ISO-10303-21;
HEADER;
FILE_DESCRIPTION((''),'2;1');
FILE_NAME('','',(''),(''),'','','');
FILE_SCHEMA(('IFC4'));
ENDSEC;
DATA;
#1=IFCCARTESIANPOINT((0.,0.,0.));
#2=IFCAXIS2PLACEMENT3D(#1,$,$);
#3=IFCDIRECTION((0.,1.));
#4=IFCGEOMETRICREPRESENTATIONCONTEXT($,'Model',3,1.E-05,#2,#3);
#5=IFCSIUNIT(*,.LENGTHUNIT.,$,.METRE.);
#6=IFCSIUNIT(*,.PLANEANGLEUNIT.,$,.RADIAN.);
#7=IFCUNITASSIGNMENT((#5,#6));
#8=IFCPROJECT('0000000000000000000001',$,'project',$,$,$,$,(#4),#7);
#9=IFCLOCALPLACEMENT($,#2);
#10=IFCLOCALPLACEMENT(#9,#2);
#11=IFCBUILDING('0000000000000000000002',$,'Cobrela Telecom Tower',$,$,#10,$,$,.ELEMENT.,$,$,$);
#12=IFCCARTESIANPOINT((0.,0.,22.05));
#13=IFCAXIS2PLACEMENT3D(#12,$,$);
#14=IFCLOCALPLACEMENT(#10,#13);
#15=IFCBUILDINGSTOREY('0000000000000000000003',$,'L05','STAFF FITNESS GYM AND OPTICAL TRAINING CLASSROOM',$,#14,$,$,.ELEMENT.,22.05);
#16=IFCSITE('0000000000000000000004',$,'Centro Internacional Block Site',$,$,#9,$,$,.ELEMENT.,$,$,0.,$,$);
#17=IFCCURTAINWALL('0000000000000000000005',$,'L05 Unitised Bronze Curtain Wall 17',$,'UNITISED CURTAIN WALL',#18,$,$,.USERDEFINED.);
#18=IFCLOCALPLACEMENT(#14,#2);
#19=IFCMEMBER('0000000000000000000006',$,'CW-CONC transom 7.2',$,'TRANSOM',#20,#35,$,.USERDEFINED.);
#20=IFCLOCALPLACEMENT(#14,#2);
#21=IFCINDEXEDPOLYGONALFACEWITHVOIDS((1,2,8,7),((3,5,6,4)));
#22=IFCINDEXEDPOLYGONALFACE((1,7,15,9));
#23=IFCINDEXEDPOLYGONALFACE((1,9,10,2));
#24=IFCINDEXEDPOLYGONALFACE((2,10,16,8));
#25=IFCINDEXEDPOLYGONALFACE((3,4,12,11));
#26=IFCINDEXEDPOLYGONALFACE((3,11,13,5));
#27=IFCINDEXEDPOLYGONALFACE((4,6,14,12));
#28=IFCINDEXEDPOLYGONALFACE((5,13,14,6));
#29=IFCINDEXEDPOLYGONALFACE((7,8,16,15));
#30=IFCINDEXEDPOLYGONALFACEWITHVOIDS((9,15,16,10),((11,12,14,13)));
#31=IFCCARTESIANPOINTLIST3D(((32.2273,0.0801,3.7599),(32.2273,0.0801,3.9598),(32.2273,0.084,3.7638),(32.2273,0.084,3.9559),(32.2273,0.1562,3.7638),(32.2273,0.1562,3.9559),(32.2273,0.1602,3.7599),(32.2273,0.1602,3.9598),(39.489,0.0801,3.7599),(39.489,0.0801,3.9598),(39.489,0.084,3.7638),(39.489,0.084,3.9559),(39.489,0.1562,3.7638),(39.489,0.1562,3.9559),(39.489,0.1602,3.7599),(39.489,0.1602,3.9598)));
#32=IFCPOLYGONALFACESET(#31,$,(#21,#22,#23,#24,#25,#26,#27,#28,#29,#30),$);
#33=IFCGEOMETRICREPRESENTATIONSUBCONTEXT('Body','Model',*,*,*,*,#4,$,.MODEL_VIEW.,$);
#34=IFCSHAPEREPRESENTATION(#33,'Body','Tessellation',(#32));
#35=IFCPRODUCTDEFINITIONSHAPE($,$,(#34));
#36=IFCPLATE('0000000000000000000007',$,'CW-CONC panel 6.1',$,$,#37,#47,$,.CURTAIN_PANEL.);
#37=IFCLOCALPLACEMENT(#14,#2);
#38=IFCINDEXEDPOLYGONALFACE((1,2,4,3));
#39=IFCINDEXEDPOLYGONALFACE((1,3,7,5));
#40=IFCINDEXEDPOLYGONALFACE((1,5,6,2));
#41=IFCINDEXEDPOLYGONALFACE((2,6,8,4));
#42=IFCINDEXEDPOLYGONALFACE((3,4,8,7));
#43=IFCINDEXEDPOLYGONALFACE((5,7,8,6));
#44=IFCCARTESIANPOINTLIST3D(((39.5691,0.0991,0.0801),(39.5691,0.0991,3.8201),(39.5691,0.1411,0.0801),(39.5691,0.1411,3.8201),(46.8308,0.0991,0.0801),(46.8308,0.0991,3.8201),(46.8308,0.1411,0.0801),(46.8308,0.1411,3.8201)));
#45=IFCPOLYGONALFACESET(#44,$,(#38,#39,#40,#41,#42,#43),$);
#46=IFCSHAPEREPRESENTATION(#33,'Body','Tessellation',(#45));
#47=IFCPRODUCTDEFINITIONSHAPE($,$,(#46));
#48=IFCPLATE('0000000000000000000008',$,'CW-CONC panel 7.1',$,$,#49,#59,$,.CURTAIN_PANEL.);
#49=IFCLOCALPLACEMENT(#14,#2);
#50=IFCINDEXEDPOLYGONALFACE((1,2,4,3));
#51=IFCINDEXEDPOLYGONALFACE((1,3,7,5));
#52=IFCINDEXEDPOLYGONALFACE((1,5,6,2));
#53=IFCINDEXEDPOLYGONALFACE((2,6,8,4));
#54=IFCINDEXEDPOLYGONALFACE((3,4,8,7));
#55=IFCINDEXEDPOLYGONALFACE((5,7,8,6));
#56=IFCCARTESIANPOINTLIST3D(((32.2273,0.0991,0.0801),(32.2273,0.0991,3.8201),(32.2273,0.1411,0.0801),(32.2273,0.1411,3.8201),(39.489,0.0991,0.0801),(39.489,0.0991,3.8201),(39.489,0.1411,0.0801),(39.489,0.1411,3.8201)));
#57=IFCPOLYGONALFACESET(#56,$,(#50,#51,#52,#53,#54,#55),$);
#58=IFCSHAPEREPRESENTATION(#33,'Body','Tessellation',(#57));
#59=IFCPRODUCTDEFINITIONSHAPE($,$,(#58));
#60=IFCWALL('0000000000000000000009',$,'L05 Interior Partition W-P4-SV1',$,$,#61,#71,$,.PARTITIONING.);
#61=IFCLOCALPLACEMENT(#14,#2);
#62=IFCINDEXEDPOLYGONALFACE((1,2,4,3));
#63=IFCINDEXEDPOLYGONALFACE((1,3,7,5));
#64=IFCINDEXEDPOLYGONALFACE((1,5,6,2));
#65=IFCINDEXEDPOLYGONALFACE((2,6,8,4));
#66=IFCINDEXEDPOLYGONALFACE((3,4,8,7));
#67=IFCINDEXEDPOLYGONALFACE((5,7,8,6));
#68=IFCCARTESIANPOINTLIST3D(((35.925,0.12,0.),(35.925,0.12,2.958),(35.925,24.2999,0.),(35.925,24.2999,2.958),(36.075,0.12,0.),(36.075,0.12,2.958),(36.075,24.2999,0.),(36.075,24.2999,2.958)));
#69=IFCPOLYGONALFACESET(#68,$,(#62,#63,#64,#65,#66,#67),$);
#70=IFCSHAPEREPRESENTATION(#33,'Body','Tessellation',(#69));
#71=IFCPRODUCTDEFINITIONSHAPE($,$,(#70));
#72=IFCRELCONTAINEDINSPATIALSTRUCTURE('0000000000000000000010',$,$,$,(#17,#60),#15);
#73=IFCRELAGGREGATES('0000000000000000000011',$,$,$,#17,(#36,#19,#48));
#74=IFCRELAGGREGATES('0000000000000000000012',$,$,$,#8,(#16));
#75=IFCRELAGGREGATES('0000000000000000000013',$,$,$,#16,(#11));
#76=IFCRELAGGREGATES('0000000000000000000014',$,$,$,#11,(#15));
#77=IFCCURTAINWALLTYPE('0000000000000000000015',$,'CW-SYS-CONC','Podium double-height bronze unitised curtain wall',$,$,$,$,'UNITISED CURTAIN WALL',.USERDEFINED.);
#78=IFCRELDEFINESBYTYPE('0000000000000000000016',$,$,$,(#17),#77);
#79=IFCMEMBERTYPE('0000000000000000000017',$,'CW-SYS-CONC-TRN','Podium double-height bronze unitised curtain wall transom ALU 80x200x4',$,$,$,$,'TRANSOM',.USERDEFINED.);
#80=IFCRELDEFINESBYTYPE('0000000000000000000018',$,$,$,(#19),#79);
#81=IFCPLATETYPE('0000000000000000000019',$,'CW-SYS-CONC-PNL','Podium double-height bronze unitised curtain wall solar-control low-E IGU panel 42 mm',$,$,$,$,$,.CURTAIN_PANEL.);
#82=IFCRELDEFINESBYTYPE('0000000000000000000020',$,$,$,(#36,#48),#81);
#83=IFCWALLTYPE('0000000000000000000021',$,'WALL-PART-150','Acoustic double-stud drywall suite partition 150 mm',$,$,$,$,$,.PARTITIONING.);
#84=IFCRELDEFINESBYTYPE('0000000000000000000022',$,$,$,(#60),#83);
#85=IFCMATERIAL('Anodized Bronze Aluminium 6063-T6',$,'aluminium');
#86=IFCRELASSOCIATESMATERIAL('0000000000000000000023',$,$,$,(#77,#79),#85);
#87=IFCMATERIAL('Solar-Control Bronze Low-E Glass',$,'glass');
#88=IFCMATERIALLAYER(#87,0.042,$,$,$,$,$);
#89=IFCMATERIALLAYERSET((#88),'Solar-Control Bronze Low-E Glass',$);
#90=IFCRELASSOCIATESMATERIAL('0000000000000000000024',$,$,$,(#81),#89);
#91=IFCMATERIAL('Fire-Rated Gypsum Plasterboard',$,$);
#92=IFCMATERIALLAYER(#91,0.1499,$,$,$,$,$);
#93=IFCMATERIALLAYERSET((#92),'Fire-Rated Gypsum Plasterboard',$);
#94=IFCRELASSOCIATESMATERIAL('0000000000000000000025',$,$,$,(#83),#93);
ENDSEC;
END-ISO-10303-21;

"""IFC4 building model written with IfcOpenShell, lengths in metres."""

from ifc_helpers import new_model, si_unit, direction, frame, frame_2d, origin, origin_2d, place, context, subcontext, project, spatial, rectangle, hollow_rectangle, extrude, material, layer, layer_set, material_profile, profile_set, type_object, element, aggregate, save


model = new_model("IFC4")

# Units and contexts
model_context = context("Model", 3, precision=1e-05, world=origin(), true_north=direction((0.0, 1.0)))
body_context = subcontext(model_context, "Body", "Model", "MODEL_VIEW")
ifc_project = project(units=[si_unit("LENGTHUNIT", "METRE"), si_unit("PLANEANGLEUNIT", "RADIAN")], contexts=[model_context])

# Site, building, storey
site_placement = place(None, origin())
site = spatial("IfcSite", under=ifc_project, at=site_placement, Name="Centro Internacional Block Site", CompositionType="ELEMENT", RefElevation=0.0)
building_placement = place(site_placement, origin())
building = spatial("IfcBuilding", under=site, at=building_placement, Name="Cobrela Telecom Tower", CompositionType="ELEMENT")
storey_placement = place(building_placement, frame((0.0, 0.0, 22.05)))
storey = spatial("IfcBuildingStorey", under=building, at=storey_placement, Name="L05", Description="STAFF FITNESS GYM AND OPTICAL TRAINING CLASSROOM", CompositionType="ELEMENT", Elevation=22.05)

# Curtain wall, member, plates
ifc_material_1 = material(Name="Anodized Bronze Aluminium 6063-T6", Category="aluminium")
curtain_wall_type = type_object("IfcCurtainWallType", Name="CW-SYS-CONC", Description="Podium double-height bronze unitised curtain wall", ElementType="UNITISED CURTAIN WALL", PredefinedType="USERDEFINED", material=ifc_material_1)
curtain_wall_placement = place(storey_placement, origin())
curtain_wall = element("IfcCurtainWall", 1, at=curtain_wall_placement, inside=storey, type_object=curtain_wall_type, Name="L05 Unitised Bronze Curtain Wall 17", ObjectType="UNITISED CURTAIN WALL", PredefinedType="USERDEFINED")
ifc_material_profile_1 = material_profile(ifc_material_1, hollow_rectangle(XDim=0.0801, YDim=0.2, WallThickness=0.0039, at=origin_2d()), Name="ALU 80x200x4")
ifc_profile_set_1 = profile_set([ifc_material_profile_1], Name="Anodized Bronze Aluminium 6063-T6")
member_type_1 = type_object("IfcMemberType", Name="CW-SYS-CONC-TRN", Description="Podium double-height bronze unitised curtain wall transom ALU 80x200x4", ElementType="TRANSOM", PredefinedType="USERDEFINED", material=ifc_profile_set_1)
member_1_placement = place(storey_placement, frame((39.489, 0.1201, 3.8599), z_axis=(-1.0, 0.0, 0.0), x_axis=(0.0, -1.0, 0.0)))
member_1 = element("IfcMember", 2, at=member_1_placement, type_object=member_type_1, Name="CW-CONC transom 7.2", ObjectType="TRANSOM", PredefinedType="USERDEFINED", context=body_context, shape_type="SweptSolid", body=[
    extrude(hollow_rectangle(XDim=0.0801, YDim=0.2, WallThickness=0.0039, at=origin_2d()), origin(), (0.0, 0.0, 1.0), 7.2617),
])
ifc_material_2 = material(Name="Solar-Control Bronze Low-E Glass", Category="glass")
ifc_layer_1 = layer(ifc_material_2, 0.042)
ifc_layer_set_1 = layer_set([ifc_layer_1], Name="Solar-Control Bronze Low-E Glass")
plate_type = type_object("IfcPlateType", Name="CW-SYS-CONC-PNL", Description="Podium double-height bronze unitised curtain wall solar-control low-E IGU panel 42 mm", PredefinedType="CURTAIN_PANEL", material=ifc_layer_set_1)
plate_1_placement = place(storey_placement, frame((43.2, 0.1201, 0.0801), z_axis=(0.0, 0.0, 1.0), x_axis=(-1.0, 0.0, 0.0)))
plate_1 = element("IfcPlate", 3, at=plate_1_placement, type_object=plate_type, Name="CW-CONC panel 6.1", PredefinedType="CURTAIN_PANEL", context=body_context, shape_type="SweptSolid", body=[
    extrude(rectangle(XDim=7.2617, YDim=0.042, at=origin_2d()), origin(), (0.0, 0.0, 1.0), 3.74),
])
plate_2_placement = place(storey_placement, frame((35.8582, 0.1201, 0.0801), z_axis=(0.0, 0.0, 1.0), x_axis=(-1.0, 0.0, 0.0)))
plate_2 = element("IfcPlate", 4, at=plate_2_placement, type_object=plate_type, Name="CW-CONC panel 7.1", PredefinedType="CURTAIN_PANEL", context=body_context, shape_type="SweptSolid", body=[
    extrude(rectangle(XDim=7.2617, YDim=0.042, at=origin_2d()), origin(), (0.0, 0.0, 1.0), 3.74),
])
aggregate(curtain_wall, [plate_1, member_1, plate_2])

# Wall
ifc_material_3 = material(Name="Fire-Rated Gypsum Plasterboard")
ifc_layer_2 = layer(ifc_material_3, 0.1499)
ifc_layer_set_2 = layer_set([ifc_layer_2], Name="Fire-Rated Gypsum Plasterboard")
wall_type = type_object("IfcWallType", Name="WALL-PART-150", Description="Acoustic double-stud drywall suite partition 150 mm", PredefinedType="PARTITIONING", material=ifc_layer_set_2)
wall_placement = place(storey_placement, frame((36.0, 0.1201, 0.0), z_axis=(0.0, 0.0, 1.0), x_axis=(0.0, 1.0, 0.0)))
element("IfcWall", 5, at=wall_placement, inside=storey, type_object=wall_type, Name="L05 Interior Partition W-P4-SV1", PredefinedType="PARTITIONING", context=body_context, shape_type="SweptSolid", body=[
    extrude(rectangle(XDim=24.1799, YDim=0.1499, at=frame_2d((12.0898, 0.0))), origin(), (0.0, 0.0, 1.0), 2.958),
])

save(model, "model.ifc")
